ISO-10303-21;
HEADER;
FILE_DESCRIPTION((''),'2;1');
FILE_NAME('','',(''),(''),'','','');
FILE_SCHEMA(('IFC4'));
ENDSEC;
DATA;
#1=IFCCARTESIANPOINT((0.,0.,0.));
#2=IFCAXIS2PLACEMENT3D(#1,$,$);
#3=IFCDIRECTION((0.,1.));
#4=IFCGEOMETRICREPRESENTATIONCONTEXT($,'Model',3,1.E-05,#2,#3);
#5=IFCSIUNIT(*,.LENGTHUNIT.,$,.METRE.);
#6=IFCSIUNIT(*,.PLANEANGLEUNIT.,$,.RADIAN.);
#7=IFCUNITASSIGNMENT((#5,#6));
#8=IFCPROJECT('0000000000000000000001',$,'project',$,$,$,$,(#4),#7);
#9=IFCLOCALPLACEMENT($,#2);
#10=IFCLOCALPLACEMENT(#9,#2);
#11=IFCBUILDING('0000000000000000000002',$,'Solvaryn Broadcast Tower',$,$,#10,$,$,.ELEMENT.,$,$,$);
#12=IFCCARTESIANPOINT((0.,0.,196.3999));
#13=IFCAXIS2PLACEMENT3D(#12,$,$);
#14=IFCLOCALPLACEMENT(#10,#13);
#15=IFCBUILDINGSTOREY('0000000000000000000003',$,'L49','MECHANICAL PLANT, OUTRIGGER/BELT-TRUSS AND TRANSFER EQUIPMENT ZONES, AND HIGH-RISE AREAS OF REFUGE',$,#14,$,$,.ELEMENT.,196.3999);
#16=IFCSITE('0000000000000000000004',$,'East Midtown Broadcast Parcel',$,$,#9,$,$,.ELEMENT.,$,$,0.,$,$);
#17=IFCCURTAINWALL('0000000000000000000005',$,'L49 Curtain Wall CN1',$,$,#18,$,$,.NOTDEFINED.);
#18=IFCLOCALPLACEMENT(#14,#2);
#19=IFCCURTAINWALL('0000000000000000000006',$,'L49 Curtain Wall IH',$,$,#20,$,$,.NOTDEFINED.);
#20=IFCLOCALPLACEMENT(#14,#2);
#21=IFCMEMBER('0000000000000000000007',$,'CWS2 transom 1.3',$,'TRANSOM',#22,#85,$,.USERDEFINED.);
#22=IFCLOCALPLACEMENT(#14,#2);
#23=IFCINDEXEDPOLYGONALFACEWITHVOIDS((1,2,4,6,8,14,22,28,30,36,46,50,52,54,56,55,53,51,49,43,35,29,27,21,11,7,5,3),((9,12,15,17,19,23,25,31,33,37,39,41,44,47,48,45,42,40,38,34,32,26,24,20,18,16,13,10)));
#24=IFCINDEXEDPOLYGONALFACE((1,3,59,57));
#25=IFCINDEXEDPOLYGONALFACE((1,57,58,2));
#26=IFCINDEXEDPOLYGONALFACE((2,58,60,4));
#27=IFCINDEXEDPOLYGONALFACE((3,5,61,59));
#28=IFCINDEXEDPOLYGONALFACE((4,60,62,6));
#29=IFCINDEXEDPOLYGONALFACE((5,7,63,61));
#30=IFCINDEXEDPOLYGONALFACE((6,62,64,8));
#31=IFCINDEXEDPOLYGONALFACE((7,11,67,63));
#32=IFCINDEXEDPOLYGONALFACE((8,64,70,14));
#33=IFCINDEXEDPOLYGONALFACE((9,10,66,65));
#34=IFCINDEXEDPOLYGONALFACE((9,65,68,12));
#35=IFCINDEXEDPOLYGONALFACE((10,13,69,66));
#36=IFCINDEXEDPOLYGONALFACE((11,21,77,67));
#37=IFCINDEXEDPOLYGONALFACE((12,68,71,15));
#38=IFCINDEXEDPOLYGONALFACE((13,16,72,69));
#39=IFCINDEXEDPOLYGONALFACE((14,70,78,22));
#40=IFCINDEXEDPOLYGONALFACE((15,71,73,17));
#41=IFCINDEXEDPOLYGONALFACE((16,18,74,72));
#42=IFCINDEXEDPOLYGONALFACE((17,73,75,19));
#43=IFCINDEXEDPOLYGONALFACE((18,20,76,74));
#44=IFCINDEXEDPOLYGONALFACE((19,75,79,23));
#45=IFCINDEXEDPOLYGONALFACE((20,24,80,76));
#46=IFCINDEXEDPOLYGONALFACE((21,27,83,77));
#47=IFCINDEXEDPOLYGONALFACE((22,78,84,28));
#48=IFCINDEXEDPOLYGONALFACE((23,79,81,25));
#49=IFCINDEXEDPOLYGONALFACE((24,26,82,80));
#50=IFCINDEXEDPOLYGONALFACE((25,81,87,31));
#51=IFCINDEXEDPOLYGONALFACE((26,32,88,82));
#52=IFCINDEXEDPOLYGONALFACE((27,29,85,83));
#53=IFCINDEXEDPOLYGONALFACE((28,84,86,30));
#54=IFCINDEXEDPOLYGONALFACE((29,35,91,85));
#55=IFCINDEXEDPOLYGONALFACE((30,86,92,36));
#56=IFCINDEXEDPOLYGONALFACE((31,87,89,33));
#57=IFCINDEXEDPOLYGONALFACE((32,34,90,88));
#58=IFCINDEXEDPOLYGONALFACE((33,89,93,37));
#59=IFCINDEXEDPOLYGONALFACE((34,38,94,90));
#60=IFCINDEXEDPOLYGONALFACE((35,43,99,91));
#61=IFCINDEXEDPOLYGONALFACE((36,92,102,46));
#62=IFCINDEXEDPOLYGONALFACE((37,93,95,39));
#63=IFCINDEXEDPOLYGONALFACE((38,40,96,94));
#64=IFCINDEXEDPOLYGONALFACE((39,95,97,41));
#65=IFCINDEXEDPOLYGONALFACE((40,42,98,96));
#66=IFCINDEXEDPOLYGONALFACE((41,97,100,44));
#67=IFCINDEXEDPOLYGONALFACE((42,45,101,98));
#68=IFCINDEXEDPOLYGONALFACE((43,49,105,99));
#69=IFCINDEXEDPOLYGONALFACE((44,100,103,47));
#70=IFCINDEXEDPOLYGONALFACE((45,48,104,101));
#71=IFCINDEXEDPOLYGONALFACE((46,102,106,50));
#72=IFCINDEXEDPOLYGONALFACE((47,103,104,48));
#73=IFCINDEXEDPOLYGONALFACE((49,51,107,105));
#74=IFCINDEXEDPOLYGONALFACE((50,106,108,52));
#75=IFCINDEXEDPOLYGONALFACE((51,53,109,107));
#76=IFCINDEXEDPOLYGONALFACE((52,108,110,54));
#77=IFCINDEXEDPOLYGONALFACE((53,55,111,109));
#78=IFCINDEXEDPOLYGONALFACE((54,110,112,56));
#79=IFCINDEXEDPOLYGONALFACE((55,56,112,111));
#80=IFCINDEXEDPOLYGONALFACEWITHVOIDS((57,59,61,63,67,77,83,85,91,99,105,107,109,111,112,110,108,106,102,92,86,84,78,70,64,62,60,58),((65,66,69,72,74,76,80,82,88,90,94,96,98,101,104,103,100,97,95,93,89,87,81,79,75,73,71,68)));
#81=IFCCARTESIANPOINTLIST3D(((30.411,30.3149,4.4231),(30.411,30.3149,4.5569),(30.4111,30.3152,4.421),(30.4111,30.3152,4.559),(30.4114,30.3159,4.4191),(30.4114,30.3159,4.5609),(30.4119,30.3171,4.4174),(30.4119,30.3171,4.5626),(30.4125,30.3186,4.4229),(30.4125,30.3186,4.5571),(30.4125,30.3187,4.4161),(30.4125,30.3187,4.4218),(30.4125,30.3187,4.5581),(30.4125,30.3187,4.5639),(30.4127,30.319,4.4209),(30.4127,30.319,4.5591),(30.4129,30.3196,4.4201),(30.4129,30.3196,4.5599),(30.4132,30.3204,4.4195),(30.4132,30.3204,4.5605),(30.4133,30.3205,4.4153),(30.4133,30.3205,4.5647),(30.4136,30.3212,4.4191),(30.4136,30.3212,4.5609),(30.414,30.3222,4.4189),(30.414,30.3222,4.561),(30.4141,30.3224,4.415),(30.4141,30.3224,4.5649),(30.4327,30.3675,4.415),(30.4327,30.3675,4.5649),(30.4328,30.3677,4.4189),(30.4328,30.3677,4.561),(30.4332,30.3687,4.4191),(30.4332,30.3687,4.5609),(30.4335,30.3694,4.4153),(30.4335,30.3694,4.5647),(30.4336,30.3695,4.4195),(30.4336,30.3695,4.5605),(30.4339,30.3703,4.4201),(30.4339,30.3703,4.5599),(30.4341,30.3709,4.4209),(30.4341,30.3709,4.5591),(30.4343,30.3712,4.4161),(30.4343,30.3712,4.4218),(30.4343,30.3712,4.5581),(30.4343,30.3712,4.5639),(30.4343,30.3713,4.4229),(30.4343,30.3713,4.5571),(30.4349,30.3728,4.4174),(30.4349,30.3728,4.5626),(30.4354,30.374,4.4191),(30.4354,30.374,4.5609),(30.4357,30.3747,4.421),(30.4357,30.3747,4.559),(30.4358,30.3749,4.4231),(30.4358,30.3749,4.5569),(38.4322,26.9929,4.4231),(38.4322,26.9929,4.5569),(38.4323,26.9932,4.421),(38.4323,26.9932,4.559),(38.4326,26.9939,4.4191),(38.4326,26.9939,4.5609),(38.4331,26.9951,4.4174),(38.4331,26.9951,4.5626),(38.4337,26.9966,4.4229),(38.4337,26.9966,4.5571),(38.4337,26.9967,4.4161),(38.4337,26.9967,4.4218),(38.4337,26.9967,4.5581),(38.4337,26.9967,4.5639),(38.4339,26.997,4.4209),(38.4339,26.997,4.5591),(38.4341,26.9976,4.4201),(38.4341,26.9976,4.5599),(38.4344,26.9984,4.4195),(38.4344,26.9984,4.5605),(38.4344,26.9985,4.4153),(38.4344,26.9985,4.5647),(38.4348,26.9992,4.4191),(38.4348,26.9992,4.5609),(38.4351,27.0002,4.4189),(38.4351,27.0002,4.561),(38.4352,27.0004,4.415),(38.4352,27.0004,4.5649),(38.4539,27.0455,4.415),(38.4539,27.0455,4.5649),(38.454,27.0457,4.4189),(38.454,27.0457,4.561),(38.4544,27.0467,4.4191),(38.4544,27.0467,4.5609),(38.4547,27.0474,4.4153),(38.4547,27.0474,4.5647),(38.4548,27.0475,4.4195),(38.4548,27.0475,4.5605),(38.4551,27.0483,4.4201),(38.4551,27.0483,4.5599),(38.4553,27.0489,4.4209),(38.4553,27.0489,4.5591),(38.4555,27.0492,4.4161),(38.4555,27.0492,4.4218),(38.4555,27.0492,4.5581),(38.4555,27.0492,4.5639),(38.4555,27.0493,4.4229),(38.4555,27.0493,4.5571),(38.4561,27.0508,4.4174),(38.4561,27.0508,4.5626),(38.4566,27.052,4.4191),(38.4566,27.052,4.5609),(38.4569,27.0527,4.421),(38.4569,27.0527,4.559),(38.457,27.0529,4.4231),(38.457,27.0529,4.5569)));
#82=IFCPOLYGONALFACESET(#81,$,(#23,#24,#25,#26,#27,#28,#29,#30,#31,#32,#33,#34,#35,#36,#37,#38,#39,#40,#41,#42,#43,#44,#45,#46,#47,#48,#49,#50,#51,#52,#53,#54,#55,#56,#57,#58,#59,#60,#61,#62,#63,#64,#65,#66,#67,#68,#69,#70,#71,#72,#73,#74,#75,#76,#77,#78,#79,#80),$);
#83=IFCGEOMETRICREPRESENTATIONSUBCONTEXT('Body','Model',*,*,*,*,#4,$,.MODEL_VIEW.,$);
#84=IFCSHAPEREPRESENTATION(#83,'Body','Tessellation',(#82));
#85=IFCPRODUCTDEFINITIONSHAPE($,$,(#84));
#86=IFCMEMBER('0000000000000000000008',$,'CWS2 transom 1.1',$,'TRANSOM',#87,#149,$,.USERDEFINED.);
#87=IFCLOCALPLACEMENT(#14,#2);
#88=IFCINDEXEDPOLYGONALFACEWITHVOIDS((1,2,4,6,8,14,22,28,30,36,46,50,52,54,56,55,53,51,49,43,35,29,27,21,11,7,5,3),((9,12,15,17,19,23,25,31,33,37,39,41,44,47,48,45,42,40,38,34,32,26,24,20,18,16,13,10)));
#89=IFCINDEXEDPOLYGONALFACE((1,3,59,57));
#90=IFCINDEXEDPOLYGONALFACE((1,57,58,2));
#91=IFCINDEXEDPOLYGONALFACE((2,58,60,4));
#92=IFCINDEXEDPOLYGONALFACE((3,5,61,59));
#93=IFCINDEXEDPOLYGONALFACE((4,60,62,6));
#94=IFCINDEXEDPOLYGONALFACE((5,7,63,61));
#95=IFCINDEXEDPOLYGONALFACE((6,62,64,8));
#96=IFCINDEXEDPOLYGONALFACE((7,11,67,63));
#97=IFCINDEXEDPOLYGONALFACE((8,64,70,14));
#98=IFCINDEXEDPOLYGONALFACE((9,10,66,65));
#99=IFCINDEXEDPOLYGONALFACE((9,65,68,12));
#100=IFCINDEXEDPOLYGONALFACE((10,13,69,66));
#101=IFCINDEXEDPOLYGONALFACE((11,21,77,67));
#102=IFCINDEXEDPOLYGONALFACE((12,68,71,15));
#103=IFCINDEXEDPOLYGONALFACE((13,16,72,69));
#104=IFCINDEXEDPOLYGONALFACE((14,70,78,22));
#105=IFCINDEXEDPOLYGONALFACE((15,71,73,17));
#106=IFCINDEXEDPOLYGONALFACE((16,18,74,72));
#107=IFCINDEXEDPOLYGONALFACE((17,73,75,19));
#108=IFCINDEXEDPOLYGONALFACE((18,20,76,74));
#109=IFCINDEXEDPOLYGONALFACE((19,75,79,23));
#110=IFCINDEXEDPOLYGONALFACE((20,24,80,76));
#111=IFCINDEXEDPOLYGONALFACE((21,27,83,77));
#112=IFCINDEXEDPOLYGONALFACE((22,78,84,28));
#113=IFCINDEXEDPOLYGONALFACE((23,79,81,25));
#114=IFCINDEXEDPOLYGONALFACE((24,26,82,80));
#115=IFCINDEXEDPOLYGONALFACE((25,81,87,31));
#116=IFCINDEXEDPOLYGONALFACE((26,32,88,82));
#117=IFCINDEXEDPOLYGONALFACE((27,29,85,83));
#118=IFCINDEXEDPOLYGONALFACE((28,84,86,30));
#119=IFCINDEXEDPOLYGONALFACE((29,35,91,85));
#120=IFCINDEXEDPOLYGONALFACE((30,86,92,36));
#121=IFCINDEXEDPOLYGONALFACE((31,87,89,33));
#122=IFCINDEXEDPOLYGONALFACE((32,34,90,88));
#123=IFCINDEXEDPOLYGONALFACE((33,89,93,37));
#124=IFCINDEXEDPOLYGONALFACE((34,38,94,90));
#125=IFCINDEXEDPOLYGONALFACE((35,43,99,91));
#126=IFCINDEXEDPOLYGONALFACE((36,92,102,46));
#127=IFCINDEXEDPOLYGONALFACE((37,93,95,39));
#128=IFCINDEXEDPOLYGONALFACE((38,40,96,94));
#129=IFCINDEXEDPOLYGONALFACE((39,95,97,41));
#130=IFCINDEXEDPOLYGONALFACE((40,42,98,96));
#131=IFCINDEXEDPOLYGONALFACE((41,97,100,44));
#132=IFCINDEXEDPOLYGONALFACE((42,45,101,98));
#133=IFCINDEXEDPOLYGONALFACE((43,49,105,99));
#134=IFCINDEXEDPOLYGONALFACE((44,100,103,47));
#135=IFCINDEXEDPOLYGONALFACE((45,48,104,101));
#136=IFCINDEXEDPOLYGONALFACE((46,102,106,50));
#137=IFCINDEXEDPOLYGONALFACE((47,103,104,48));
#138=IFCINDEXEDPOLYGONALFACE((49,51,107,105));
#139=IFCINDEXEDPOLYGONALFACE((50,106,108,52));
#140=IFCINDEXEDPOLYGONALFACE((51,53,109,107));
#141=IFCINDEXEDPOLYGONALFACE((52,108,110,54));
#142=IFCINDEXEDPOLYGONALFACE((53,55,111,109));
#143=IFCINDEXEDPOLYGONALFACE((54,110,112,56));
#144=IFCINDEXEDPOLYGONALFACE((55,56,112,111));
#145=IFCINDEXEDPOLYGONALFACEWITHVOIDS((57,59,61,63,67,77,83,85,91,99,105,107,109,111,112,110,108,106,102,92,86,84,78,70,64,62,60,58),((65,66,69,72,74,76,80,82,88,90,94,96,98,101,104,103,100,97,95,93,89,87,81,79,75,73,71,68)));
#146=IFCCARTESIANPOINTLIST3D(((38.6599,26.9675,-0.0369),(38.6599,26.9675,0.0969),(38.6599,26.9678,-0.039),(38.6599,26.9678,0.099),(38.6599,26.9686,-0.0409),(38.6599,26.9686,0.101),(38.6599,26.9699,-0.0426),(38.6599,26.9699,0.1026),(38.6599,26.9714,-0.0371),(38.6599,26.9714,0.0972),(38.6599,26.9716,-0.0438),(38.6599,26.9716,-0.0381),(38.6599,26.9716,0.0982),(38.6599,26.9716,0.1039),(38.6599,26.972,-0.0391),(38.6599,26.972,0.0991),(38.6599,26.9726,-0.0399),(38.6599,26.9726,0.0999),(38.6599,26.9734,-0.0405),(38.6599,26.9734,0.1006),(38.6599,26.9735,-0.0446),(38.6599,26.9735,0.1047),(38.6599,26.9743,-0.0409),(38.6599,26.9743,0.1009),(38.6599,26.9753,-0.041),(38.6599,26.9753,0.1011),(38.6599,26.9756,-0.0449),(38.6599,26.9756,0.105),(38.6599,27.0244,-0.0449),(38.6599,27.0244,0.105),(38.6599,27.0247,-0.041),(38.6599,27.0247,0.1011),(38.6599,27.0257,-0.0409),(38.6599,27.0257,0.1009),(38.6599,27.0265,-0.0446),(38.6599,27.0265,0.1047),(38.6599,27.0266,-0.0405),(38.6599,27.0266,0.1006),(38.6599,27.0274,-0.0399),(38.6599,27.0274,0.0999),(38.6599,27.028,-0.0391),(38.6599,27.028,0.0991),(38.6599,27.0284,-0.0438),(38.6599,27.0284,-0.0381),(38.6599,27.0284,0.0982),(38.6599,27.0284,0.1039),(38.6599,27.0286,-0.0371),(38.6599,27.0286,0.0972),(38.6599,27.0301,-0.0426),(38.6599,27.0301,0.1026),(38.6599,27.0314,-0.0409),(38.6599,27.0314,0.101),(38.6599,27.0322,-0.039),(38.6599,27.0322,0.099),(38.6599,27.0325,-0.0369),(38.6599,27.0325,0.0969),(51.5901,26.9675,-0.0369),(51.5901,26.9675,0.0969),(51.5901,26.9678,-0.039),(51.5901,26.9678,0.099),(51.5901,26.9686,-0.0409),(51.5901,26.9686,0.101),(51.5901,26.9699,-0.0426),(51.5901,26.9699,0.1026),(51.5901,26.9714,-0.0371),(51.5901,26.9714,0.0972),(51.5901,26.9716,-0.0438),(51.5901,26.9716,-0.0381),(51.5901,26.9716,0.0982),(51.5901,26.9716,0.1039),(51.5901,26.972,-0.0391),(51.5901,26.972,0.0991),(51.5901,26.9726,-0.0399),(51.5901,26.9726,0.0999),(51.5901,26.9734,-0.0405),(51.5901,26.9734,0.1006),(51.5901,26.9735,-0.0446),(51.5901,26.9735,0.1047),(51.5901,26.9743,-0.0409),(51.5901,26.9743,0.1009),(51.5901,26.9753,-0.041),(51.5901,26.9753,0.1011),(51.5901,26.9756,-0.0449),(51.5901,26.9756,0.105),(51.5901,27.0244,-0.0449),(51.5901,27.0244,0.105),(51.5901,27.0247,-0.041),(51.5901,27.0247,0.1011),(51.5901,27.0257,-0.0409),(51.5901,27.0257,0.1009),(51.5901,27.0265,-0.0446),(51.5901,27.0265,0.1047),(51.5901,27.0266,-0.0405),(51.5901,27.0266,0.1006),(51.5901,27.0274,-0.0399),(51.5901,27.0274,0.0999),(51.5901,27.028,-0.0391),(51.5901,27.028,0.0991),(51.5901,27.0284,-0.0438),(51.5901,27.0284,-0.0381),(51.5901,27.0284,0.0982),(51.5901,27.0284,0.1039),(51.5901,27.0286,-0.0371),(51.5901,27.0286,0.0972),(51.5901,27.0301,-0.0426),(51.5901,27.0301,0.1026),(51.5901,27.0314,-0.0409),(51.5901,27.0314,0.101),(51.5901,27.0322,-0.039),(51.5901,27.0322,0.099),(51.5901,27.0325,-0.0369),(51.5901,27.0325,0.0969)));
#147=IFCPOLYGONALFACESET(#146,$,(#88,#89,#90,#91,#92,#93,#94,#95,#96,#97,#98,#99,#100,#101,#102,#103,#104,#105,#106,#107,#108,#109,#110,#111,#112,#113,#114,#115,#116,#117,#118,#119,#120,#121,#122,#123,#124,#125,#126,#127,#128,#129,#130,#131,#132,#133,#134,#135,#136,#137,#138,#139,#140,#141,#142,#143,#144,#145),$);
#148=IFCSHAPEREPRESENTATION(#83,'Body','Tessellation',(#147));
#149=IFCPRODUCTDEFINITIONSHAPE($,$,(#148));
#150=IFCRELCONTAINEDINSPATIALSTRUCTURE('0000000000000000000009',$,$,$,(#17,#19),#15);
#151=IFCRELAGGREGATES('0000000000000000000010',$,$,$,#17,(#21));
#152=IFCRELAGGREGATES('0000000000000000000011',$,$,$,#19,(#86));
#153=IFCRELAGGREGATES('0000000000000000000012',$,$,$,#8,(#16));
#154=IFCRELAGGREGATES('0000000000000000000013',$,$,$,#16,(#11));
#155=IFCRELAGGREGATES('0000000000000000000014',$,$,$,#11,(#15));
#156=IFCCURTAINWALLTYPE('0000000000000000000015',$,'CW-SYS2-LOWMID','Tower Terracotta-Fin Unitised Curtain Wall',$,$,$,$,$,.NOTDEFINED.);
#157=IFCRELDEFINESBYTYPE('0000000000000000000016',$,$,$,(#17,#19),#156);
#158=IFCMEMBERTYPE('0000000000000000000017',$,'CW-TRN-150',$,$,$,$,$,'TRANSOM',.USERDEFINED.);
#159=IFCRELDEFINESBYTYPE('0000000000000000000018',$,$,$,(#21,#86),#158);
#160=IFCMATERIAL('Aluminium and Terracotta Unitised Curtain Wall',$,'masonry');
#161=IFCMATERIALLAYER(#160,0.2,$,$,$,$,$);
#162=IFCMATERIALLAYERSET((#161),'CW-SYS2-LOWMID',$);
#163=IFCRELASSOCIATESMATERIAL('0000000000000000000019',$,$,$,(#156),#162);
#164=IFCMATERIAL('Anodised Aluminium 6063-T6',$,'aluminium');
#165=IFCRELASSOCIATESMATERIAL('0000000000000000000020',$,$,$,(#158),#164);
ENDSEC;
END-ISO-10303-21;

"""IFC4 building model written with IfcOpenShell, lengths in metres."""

from ifc_helpers import new_model, si_unit, direction, frame, origin, origin_2d, place, context, subcontext, project, spatial, hollow_rectangle, extrude, material, layer, layer_set, material_profile, profile_set, type_object, element, aggregate, save


model = new_model("IFC4")

# Units and contexts
model_context = context("Model", 3, precision=1e-05, world=origin(), true_north=direction((0.0, 1.0)))
body_context = subcontext(model_context, "Body", "Model", "MODEL_VIEW")
ifc_project = project(units=[si_unit("LENGTHUNIT", "METRE"), si_unit("PLANEANGLEUNIT", "RADIAN")], contexts=[model_context])

# Site, building, storey
site_placement = place(None, origin())
site = spatial("IfcSite", under=ifc_project, at=site_placement, Name="East Midtown Broadcast Parcel", CompositionType="ELEMENT", RefElevation=0.0)
building_placement = place(site_placement, origin())
building = spatial("IfcBuilding", under=site, at=building_placement, Name="Solvaryn Broadcast Tower", CompositionType="ELEMENT")
storey_placement = place(building_placement, frame((0.0, 0.0, 196.3999)))
storey = spatial("IfcBuildingStorey", under=building, at=storey_placement, Name="L49", Description="MECHANICAL PLANT, OUTRIGGER/BELT-TRUSS AND TRANSFER EQUIPMENT ZONES, AND HIGH-RISE AREAS OF REFUGE", CompositionType="ELEMENT", Elevation=196.3999)

# Curtain walls
ifc_material_1 = material(Name="Aluminium and Terracotta Unitised Curtain Wall", Category="masonry")
ifc_layer_1 = layer(ifc_material_1, 0.2)
ifc_layer_set_1 = layer_set([ifc_layer_1], Name="CW-SYS2-LOWMID")
curtain_wall_type = type_object("IfcCurtainWallType", Name="CW-SYS2-LOWMID", Description="Tower Terracotta-Fin Unitised Curtain Wall", PredefinedType="NOTDEFINED", material=ifc_layer_set_1)
curtain_wall_1_placement = place(storey_placement, origin())
curtain_wall_1 = element("IfcCurtainWall", 1, at=curtain_wall_1_placement, inside=storey, type_object=curtain_wall_type, Name="L49 Curtain Wall CN1", PredefinedType="NOTDEFINED")
curtain_wall_2_placement = place(storey_placement, origin())
curtain_wall_2 = element("IfcCurtainWall", 2, at=curtain_wall_2_placement, inside=storey, type_object=curtain_wall_type, Name="L49 Curtain Wall IH", PredefinedType="NOTDEFINED")

# Members
ifc_material_2 = material(Name="Anodised Aluminium 6063-T6", Category="aluminium")
ifc_material_profile_1 = material_profile(ifc_material_2, hollow_rectangle(XDim=0.0649, YDim=0.1499, WallThickness=0.0039, InnerFilletRadius=0.0039, OuterFilletRadius=0.0081, at=origin_2d()))
ifc_profile_set_1 = profile_set([ifc_material_profile_1], Name="Anodised Aluminium 6063-T6")
member_type_1 = type_object("IfcMemberType", Name="CW-TRN-150", ElementType="TRANSOM", PredefinedType="USERDEFINED", material=ifc_profile_set_1)
member_1_placement = place(storey_placement, frame((38.4446, 27.0229, 4.49), z_axis=(-0.923899, 0.382636, 0.0), x_axis=(-0.382636, -0.923899, 0.0)))
member_1 = element("IfcMember", 3, at=member_1_placement, type_object=member_type_1, Name="CWS2 transom 1.3", ObjectType="TRANSOM", PredefinedType="USERDEFINED", context=body_context, shape_type="SweptSolid", body=[
    extrude(hollow_rectangle(XDim=0.0649, YDim=0.1499, WallThickness=0.0039, InnerFilletRadius=0.0039, OuterFilletRadius=0.0081, at=origin_2d()), origin(), (0.0, 0.0, 1.0), 8.6819),
])
aggregate(curtain_wall_1, [member_1])
member_2_placement = place(storey_placement, frame((38.6599, 27.0, 0.03), z_axis=(1.0, 0.0, 0.0), x_axis=(0.0, 1.0, 0.0)))
member_2 = element("IfcMember", 4, at=member_2_placement, type_object=member_type_1, Name="CWS2 transom 1.1", ObjectType="TRANSOM", PredefinedType="USERDEFINED", context=body_context, shape_type="SweptSolid", body=[
    extrude(hollow_rectangle(XDim=0.0649, YDim=0.1499, WallThickness=0.0039, InnerFilletRadius=0.0039, OuterFilletRadius=0.0081, at=origin_2d()), origin(), (0.0, 0.0, 1.0), 12.9302),
])
aggregate(curtain_wall_2, [member_2])

save(model, "model.ifc")
